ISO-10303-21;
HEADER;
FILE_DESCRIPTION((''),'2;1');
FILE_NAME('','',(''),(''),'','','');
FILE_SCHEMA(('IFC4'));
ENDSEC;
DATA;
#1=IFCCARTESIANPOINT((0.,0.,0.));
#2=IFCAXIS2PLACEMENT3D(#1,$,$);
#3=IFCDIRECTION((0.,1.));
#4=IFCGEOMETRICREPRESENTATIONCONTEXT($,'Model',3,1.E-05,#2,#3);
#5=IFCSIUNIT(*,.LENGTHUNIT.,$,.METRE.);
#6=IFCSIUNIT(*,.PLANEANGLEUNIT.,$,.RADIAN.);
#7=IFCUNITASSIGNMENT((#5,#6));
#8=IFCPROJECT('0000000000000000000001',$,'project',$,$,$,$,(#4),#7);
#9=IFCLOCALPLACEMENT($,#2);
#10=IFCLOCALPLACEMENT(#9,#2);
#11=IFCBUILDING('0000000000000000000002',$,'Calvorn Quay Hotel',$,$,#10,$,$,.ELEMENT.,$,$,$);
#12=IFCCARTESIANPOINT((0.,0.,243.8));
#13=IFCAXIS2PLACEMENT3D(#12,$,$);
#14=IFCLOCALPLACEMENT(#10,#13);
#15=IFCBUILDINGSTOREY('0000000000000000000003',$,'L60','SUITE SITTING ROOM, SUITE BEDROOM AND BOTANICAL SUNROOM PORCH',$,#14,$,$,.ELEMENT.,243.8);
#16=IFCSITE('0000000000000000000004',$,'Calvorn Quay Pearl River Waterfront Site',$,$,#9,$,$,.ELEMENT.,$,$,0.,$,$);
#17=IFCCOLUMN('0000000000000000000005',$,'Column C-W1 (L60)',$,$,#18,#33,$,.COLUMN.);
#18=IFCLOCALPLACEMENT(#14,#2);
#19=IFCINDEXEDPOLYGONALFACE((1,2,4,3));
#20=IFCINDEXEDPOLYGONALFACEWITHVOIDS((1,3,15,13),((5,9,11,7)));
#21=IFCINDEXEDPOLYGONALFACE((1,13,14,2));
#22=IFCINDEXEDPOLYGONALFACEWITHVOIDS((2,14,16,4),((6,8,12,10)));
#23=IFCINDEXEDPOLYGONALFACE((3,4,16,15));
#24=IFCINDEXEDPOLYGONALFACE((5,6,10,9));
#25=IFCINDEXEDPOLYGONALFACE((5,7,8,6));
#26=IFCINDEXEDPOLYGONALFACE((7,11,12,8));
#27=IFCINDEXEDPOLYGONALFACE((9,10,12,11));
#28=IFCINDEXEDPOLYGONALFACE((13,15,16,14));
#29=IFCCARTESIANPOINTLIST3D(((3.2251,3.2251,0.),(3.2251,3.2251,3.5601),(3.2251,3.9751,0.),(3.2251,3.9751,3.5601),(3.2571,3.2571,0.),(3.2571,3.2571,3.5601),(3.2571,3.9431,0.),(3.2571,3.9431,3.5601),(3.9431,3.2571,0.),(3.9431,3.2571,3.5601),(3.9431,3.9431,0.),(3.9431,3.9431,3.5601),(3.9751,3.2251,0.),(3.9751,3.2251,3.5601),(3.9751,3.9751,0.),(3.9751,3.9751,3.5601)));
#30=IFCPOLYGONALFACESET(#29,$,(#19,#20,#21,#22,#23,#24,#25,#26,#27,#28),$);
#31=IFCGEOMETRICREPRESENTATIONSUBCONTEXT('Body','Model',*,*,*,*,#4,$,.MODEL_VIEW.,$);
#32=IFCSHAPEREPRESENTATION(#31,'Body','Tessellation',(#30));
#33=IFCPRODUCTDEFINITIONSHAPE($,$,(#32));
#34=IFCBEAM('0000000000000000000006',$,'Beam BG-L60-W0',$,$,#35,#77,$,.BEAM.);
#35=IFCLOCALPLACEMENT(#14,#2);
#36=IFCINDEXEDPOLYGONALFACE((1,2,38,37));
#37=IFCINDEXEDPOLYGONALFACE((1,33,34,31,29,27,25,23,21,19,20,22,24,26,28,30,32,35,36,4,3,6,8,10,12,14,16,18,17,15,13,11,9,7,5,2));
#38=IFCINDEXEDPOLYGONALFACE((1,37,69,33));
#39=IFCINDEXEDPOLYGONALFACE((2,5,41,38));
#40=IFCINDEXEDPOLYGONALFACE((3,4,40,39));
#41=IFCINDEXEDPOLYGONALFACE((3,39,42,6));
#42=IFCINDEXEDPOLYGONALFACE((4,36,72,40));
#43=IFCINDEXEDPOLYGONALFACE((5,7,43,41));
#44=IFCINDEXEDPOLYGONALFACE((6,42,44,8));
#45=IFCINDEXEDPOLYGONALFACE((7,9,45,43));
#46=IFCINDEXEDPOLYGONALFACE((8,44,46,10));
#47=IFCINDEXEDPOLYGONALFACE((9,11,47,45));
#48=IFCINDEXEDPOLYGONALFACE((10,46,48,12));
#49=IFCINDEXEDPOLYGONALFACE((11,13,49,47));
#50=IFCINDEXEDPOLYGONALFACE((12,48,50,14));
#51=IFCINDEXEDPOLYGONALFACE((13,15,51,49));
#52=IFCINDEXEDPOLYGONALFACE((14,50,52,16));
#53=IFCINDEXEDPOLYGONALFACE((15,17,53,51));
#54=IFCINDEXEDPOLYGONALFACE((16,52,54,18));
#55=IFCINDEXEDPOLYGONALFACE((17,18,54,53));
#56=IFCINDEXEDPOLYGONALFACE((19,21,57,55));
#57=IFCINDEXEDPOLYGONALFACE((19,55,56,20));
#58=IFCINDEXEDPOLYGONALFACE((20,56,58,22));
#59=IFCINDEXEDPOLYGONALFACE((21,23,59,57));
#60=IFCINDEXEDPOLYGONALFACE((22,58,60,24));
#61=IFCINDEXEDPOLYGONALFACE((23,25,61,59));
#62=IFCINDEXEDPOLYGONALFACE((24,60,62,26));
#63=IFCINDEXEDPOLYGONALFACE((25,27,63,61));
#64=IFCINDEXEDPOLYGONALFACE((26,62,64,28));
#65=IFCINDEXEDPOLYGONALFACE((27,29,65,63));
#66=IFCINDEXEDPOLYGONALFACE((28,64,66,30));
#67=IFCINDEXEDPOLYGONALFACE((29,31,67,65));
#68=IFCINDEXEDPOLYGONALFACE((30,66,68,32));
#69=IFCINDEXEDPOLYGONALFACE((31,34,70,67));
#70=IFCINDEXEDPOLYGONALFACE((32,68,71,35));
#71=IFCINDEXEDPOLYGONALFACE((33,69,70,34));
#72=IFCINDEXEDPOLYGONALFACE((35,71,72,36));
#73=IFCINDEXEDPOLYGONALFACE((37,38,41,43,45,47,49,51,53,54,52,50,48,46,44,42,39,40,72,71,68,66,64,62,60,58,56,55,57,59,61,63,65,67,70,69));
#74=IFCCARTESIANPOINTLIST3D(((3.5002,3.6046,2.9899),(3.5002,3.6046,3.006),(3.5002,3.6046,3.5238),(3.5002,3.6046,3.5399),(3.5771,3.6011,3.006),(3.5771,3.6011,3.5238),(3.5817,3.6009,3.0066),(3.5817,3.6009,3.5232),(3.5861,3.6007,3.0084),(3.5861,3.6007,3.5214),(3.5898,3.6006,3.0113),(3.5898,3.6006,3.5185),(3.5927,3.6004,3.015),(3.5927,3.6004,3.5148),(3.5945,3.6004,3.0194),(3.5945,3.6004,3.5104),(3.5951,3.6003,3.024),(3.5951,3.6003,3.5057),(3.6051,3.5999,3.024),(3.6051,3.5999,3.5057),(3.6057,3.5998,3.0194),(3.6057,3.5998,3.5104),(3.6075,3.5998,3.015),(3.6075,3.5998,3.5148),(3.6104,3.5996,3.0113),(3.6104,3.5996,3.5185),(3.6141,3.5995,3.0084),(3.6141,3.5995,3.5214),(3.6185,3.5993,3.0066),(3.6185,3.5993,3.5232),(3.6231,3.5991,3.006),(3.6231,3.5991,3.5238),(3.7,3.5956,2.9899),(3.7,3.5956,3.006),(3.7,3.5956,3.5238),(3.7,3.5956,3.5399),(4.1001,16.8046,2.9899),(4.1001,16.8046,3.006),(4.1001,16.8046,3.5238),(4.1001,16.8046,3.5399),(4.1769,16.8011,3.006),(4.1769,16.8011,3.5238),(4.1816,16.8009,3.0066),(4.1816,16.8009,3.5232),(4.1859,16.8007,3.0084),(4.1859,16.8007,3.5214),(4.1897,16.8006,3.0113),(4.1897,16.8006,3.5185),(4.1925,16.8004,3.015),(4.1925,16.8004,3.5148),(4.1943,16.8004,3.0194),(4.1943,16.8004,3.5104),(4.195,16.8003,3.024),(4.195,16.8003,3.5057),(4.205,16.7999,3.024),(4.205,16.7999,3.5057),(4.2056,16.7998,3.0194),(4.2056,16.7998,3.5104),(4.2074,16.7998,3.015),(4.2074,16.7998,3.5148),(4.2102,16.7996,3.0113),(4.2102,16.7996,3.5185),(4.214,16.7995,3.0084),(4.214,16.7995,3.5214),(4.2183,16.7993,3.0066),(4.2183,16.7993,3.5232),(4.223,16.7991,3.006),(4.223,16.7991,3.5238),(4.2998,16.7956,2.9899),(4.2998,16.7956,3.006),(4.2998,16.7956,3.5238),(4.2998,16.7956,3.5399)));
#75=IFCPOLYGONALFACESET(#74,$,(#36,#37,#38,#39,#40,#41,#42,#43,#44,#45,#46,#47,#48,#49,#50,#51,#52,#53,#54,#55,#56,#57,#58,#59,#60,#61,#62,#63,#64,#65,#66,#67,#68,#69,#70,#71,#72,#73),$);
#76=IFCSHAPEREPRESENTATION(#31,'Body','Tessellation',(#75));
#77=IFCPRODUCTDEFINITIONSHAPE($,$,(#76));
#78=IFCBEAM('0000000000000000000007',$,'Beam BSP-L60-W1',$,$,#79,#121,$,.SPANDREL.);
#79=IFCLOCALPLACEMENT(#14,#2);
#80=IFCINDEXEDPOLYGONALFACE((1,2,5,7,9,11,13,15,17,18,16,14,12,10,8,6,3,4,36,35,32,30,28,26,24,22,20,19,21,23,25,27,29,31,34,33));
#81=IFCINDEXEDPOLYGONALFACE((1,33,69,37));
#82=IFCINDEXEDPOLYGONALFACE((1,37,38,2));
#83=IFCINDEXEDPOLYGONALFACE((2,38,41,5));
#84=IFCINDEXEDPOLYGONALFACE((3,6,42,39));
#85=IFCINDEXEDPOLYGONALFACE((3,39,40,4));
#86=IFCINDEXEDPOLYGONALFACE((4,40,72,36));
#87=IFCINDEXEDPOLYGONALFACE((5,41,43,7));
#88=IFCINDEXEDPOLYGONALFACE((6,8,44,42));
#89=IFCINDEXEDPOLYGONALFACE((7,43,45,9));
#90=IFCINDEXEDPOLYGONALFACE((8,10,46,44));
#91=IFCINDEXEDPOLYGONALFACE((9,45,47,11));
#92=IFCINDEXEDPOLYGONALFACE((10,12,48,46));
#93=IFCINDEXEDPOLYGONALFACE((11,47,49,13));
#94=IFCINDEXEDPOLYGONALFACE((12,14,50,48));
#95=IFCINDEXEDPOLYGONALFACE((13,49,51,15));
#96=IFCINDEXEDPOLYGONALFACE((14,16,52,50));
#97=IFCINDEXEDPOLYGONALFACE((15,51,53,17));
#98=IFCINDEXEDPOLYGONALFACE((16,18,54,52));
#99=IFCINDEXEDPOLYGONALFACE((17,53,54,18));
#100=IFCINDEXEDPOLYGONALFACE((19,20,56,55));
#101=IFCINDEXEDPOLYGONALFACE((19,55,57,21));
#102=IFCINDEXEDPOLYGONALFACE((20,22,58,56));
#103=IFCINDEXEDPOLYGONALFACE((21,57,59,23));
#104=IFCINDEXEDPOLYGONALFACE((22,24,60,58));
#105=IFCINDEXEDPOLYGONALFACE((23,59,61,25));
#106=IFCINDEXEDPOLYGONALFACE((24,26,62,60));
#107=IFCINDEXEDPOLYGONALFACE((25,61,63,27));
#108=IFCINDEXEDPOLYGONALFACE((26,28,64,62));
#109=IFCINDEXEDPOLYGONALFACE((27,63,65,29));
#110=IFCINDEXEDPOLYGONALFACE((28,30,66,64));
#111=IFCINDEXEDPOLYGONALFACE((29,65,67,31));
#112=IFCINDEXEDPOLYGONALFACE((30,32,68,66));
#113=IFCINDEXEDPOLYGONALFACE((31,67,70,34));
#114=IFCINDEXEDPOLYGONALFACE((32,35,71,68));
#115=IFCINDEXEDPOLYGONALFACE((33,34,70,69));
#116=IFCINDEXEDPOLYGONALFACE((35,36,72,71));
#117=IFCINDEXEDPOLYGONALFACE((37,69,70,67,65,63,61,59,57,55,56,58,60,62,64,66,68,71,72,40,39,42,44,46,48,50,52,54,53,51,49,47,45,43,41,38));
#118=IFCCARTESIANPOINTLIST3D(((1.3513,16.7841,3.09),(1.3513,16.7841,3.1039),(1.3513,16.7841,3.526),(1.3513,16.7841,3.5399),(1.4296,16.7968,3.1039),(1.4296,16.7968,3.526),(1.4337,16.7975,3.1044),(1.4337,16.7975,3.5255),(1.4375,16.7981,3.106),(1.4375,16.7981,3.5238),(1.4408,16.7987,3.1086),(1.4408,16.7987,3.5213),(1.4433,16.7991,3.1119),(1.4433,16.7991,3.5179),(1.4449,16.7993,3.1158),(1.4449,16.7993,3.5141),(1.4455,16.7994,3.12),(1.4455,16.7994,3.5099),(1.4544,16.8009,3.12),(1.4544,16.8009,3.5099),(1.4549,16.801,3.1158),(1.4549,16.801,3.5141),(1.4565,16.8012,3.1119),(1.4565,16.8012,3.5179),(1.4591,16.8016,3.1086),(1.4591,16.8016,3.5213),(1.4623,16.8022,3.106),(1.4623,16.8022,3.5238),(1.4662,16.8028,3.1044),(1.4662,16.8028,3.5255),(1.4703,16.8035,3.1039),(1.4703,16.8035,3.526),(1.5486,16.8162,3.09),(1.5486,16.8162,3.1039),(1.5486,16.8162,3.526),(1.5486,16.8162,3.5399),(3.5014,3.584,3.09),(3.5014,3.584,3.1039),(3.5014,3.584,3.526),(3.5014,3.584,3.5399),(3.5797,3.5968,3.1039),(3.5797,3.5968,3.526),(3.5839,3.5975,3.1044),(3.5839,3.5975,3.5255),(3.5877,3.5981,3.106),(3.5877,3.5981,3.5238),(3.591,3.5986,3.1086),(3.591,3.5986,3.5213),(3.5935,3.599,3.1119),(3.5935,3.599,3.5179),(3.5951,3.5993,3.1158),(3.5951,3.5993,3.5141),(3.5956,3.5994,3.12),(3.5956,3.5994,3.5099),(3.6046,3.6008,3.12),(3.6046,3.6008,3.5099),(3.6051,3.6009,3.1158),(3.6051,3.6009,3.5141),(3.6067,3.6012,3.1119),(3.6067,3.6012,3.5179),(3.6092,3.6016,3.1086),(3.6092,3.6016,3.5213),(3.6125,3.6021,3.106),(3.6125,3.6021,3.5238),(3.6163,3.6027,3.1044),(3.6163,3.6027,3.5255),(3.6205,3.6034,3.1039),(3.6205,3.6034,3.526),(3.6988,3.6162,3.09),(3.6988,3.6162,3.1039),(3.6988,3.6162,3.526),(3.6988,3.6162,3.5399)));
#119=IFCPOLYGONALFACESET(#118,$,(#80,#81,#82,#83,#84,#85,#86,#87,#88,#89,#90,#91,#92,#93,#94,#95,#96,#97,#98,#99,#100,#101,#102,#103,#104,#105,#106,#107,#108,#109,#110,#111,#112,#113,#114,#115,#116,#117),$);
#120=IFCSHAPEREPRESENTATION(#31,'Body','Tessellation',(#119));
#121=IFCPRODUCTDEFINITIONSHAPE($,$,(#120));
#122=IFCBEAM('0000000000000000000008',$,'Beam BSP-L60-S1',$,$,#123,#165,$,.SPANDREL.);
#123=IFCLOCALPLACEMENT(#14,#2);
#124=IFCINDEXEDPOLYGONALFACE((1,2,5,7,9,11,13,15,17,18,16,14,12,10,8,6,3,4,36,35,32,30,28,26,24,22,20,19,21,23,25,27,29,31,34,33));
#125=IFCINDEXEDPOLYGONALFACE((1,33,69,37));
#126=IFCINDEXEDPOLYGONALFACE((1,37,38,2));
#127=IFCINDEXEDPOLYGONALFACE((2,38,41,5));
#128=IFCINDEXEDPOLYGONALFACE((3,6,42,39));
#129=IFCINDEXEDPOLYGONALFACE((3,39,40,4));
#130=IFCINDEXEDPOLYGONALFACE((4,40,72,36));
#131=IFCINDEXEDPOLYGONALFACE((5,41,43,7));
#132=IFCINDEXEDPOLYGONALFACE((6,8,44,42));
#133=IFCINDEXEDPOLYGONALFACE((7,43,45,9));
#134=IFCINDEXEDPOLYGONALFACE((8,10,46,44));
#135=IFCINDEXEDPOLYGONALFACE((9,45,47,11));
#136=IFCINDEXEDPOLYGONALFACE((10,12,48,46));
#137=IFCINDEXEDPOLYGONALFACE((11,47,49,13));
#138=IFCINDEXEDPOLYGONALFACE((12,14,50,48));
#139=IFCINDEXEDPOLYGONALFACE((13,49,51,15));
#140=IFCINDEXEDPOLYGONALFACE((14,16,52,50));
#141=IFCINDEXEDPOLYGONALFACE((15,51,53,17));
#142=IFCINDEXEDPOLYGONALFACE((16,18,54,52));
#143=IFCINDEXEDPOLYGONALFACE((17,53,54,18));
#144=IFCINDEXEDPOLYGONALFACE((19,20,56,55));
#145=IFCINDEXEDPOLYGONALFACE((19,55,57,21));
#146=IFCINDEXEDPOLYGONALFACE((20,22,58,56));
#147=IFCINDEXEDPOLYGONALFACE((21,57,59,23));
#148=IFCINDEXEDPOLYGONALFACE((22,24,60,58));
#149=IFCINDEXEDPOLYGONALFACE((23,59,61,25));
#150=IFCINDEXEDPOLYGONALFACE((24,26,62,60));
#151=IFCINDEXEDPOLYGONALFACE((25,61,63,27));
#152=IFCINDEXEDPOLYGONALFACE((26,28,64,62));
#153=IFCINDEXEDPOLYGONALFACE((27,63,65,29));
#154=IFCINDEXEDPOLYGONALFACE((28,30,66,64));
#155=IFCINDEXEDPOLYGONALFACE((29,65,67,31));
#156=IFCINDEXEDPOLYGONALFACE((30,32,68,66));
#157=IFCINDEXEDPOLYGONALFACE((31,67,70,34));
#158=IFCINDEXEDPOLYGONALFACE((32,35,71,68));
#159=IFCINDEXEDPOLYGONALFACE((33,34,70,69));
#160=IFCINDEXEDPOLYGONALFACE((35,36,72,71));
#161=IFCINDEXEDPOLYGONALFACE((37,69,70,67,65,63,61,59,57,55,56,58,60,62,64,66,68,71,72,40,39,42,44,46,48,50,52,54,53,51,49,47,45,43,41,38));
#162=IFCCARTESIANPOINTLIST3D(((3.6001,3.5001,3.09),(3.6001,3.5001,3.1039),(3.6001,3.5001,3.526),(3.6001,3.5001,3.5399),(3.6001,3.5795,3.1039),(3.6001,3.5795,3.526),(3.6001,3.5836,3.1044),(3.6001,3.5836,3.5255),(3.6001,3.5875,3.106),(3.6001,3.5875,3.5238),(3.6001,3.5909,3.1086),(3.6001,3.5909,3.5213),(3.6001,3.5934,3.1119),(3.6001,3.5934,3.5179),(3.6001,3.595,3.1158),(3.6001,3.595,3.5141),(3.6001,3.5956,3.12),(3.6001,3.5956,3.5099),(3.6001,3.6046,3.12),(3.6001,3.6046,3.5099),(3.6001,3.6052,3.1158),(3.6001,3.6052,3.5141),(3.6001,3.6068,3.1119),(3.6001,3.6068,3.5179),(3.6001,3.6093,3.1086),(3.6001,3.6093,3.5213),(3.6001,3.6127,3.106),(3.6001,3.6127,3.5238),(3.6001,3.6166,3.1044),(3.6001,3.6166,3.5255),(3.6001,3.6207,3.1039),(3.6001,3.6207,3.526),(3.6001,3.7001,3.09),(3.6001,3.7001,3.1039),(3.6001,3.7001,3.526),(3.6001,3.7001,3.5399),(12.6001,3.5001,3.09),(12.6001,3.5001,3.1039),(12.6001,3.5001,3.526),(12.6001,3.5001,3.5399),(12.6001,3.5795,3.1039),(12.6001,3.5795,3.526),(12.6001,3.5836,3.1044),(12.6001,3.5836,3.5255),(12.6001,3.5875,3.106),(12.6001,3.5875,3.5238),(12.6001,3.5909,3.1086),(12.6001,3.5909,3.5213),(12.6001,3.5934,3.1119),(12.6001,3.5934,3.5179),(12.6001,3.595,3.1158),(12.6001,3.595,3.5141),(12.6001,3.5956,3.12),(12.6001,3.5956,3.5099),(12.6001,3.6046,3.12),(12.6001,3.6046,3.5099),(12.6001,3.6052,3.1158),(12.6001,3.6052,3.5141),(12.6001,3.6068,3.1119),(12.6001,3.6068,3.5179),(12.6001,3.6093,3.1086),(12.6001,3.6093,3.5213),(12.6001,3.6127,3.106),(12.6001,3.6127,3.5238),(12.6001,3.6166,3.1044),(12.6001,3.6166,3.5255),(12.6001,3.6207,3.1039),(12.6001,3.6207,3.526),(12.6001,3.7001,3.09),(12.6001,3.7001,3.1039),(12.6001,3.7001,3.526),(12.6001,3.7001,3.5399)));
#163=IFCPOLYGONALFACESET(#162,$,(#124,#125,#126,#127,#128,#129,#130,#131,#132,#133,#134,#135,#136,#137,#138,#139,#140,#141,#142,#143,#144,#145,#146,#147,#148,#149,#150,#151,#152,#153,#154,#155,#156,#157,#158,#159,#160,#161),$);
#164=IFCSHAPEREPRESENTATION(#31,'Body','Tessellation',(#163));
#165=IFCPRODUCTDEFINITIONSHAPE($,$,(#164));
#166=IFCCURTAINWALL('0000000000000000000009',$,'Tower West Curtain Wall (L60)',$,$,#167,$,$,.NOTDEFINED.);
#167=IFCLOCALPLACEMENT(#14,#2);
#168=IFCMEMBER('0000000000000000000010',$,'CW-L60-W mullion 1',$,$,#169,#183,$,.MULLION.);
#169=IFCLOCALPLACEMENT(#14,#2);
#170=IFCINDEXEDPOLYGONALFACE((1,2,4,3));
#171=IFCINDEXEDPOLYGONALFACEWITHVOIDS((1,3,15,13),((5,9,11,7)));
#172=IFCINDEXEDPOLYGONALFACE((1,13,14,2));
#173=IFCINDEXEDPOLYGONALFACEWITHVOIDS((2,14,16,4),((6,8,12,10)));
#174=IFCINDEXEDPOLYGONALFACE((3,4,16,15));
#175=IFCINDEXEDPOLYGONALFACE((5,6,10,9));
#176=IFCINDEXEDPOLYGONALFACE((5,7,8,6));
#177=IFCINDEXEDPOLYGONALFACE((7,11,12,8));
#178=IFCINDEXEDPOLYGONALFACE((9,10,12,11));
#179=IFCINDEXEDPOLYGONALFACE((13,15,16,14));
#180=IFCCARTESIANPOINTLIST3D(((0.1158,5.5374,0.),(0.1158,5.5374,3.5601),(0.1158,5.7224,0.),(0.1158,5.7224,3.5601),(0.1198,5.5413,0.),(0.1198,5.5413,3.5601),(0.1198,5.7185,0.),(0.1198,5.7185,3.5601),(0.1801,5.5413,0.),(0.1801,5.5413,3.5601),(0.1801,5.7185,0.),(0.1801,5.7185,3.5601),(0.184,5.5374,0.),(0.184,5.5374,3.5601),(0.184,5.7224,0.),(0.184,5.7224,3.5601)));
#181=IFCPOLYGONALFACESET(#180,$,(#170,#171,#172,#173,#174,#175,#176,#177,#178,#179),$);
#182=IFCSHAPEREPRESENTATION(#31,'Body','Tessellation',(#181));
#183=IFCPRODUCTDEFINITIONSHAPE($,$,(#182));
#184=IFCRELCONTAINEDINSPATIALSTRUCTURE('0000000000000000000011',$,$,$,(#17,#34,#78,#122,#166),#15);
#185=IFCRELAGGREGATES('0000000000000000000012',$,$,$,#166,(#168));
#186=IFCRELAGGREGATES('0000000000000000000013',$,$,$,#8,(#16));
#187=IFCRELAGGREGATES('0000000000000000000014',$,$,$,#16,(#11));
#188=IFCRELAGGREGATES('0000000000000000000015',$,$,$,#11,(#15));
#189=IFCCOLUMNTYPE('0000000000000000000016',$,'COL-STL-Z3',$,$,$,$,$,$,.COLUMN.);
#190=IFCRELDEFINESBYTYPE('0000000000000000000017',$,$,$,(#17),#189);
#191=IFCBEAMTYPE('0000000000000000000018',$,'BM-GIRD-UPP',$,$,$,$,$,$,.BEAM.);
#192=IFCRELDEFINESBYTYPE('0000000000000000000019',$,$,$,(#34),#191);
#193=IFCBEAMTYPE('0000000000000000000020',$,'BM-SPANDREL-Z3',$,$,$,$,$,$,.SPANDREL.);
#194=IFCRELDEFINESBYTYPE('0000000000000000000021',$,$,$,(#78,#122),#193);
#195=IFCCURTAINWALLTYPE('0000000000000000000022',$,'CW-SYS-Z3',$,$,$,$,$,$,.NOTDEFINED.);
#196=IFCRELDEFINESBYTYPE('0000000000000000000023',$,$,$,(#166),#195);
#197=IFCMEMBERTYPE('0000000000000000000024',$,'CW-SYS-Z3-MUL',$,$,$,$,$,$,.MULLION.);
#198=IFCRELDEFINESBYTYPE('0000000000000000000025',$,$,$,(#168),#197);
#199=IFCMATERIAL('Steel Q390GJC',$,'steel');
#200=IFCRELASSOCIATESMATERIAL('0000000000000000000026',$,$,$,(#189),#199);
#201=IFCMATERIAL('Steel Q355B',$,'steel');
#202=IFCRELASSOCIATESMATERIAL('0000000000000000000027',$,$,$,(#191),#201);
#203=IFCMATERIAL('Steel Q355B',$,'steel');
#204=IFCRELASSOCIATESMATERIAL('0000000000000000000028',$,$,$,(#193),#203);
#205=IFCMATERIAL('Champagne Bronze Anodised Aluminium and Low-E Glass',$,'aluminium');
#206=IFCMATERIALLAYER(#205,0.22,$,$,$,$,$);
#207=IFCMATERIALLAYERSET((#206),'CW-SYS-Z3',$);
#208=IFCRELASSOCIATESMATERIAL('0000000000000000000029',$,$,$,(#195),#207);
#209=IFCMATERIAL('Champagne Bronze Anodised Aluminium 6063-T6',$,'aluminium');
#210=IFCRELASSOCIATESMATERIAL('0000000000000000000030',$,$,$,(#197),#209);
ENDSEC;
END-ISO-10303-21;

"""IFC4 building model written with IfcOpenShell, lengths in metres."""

from ifc_helpers import new_model, si_unit, direction, frame, origin, origin_2d, place, context, subcontext, project, spatial, hollow_rectangle, i_section, extrude, material, layer, layer_set, material_profile, profile_set, type_object, element, aggregate, save


model = new_model("IFC4")

# Units and contexts
model_context = context("Model", 3, precision=1e-05, world=origin(), true_north=direction((0.0, 1.0)))
body_context = subcontext(model_context, "Body", "Model", "MODEL_VIEW")
ifc_project = project(units=[si_unit("LENGTHUNIT", "METRE"), si_unit("PLANEANGLEUNIT", "RADIAN")], contexts=[model_context])

# Site, building, storey
site_placement = place(None, origin())
site = spatial("IfcSite", under=ifc_project, at=site_placement, Name="Calvorn Quay Pearl River Waterfront Site", CompositionType="ELEMENT", RefElevation=0.0)
building_placement = place(site_placement, origin())
building = spatial("IfcBuilding", under=site, at=building_placement, Name="Calvorn Quay Hotel", CompositionType="ELEMENT")
storey_placement = place(building_placement, frame((0.0, 0.0, 243.8)))
storey = spatial("IfcBuildingStorey", under=building, at=storey_placement, Name="L60", Description="SUITE SITTING ROOM, SUITE BEDROOM AND BOTANICAL SUNROOM PORCH", CompositionType="ELEMENT", Elevation=243.8)

# Column
ifc_material_1 = material(Name="Steel Q390GJC", Category="steel")
ifc_material_profile_1 = material_profile(ifc_material_1, hollow_rectangle(XDim=0.75, YDim=0.75, WallThickness=0.032, at=origin_2d()), Name="BOX750x750x32")
ifc_profile_set_1 = profile_set([ifc_material_profile_1], Name="Steel Q390GJC")
column_type = type_object("IfcColumnType", Name="COL-STL-Z3", PredefinedType="COLUMN", material=ifc_profile_set_1)
column_placement = place(storey_placement, frame((3.6001, 3.6001, 0.0), z_axis=(0.0, 0.0, 1.0), x_axis=(1.0, 0.0, 0.0)))
element("IfcColumn", 1, at=column_placement, inside=storey, type_object=column_type, Name="Column C-W1 (L60)", PredefinedType="COLUMN", context=body_context, shape_type="SweptSolid", body=[
    extrude(hollow_rectangle(XDim=0.75, YDim=0.75, WallThickness=0.032, at=origin_2d()), origin(), (0.0, 0.0, 1.0), 3.5601),
])

# Beams
ifc_material_2 = material(Name="Steel Q355B", Category="steel")
ifc_material_profile_2 = material_profile(ifc_material_2, i_section(OverallWidth=0.2, OverallDepth=0.55, WebThickness=0.01, FlangeThickness=0.0161, FilletRadius=0.0181, at=origin_2d()), Name="HN550x200x10x16")
ifc_profile_set_2 = profile_set([ifc_material_profile_2], Name="Steel Q355B")
beam_type_1 = type_object("IfcBeamType", Name="BM-GIRD-UPP", PredefinedType="BEAM", material=ifc_profile_set_2)
beam_1_placement = place(storey_placement, frame((3.6001, 3.6001, 3.2649), z_axis=(0.045397, 0.998969, 0.0), x_axis=(-0.998969, 0.045397, 0.0)))
element("IfcBeam", 2, at=beam_1_placement, inside=storey, type_object=beam_type_1, Name="Beam BG-L60-W0", PredefinedType="BEAM", context=body_context, shape_type="SweptSolid", body=[
    extrude(i_section(OverallWidth=0.2, OverallDepth=0.55, WebThickness=0.01, FlangeThickness=0.0161, FilletRadius=0.0181, at=origin_2d()), origin(), (0.0, 0.0, 1.0), 13.2136),
])
ifc_material_3 = material(Name="Steel Q355B", Category="steel")
ifc_material_profile_3 = material_profile(ifc_material_3, i_section(OverallWidth=0.2, OverallDepth=0.45, WebThickness=0.009, FlangeThickness=0.0139, FilletRadius=0.0161, at=origin_2d()), Name="HN450x200x9x14")
ifc_profile_set_3 = profile_set([ifc_material_profile_3], Name="Steel Q355B")
beam_type_2 = type_object("IfcBeamType", Name="BM-SPANDREL-Z3", PredefinedType="SPANDREL", material=ifc_profile_set_3)
beam_2_placement = place(storey_placement, frame((3.6001, 3.6001, 3.3149), z_axis=(-0.160772, 0.986992, 0.0), x_axis=(-0.986992, -0.160772, 0.0)))
element("IfcBeam", 3, at=beam_2_placement, inside=storey, type_object=beam_type_2, Name="Beam BSP-L60-W1", PredefinedType="SPANDREL", context=body_context, shape_type="SweptSolid", body=[
    extrude(i_section(OverallWidth=0.2, OverallDepth=0.45, WebThickness=0.009, FlangeThickness=0.0139, FilletRadius=0.0161, at=origin_2d()), origin(), (0.0, 0.0, 1.0), 13.374),
])
beam_3_placement = place(storey_placement, frame((3.6001, 3.6001, 3.3149), z_axis=(1.0, 0.0, 0.0), x_axis=(0.0, 1.0, 0.0)))
element("IfcBeam", 4, at=beam_3_placement, inside=storey, type_object=beam_type_2, Name="Beam BSP-L60-S1", PredefinedType="SPANDREL", context=body_context, shape_type="SweptSolid", body=[
    extrude(i_section(OverallWidth=0.2, OverallDepth=0.45, WebThickness=0.009, FlangeThickness=0.0139, FilletRadius=0.0161, at=origin_2d()), origin(), (0.0, 0.0, 1.0), 9.0),
])

# Curtain wall, member
ifc_material_4 = material(Name="Champagne Bronze Anodised Aluminium and Low-E Glass", Category="aluminium")
ifc_layer_1 = layer(ifc_material_4, 0.22)
ifc_layer_set_1 = layer_set([ifc_layer_1], Name="CW-SYS-Z3")
curtain_wall_type = type_object("IfcCurtainWallType", Name="CW-SYS-Z3", PredefinedType="NOTDEFINED", material=ifc_layer_set_1)
curtain_wall_placement = place(storey_placement, origin())
curtain_wall = element("IfcCurtainWall", 5, at=curtain_wall_placement, inside=storey, type_object=curtain_wall_type, Name="Tower West Curtain Wall (L60)", PredefinedType="NOTDEFINED")
ifc_material_5 = material(Name="Champagne Bronze Anodised Aluminium 6063-T6", Category="aluminium")
ifc_material_profile_4 = material_profile(ifc_material_5, hollow_rectangle(XDim=0.0681, YDim=0.1851, WallThickness=0.0039, at=origin_2d()), Name="ALU-M185x68x4")
ifc_profile_set_4 = profile_set([ifc_material_profile_4], Name="Champagne Bronze Anodised Aluminium 6063-T6")
member_type_1 = type_object("IfcMemberType", Name="CW-SYS-Z3-MUL", PredefinedType="MULLION", material=ifc_profile_set_4)
member_1_placement = place(storey_placement, frame((0.1499, 5.6299, 0.0), z_axis=(0.0, 0.0, 1.0), x_axis=(-1.0, 0.0, 0.0)))
member_1 = element("IfcMember", 6, at=member_1_placement, type_object=member_type_1, Name="CW-L60-W mullion 1", PredefinedType="MULLION", context=body_context, shape_type="SweptSolid", body=[
    extrude(hollow_rectangle(XDim=0.0681, YDim=0.1851, WallThickness=0.0039, at=origin_2d()), origin(), (0.0, 0.0, 1.0), 3.5601),
])
aggregate(curtain_wall, [member_1])

save(model, "model.ifc")
